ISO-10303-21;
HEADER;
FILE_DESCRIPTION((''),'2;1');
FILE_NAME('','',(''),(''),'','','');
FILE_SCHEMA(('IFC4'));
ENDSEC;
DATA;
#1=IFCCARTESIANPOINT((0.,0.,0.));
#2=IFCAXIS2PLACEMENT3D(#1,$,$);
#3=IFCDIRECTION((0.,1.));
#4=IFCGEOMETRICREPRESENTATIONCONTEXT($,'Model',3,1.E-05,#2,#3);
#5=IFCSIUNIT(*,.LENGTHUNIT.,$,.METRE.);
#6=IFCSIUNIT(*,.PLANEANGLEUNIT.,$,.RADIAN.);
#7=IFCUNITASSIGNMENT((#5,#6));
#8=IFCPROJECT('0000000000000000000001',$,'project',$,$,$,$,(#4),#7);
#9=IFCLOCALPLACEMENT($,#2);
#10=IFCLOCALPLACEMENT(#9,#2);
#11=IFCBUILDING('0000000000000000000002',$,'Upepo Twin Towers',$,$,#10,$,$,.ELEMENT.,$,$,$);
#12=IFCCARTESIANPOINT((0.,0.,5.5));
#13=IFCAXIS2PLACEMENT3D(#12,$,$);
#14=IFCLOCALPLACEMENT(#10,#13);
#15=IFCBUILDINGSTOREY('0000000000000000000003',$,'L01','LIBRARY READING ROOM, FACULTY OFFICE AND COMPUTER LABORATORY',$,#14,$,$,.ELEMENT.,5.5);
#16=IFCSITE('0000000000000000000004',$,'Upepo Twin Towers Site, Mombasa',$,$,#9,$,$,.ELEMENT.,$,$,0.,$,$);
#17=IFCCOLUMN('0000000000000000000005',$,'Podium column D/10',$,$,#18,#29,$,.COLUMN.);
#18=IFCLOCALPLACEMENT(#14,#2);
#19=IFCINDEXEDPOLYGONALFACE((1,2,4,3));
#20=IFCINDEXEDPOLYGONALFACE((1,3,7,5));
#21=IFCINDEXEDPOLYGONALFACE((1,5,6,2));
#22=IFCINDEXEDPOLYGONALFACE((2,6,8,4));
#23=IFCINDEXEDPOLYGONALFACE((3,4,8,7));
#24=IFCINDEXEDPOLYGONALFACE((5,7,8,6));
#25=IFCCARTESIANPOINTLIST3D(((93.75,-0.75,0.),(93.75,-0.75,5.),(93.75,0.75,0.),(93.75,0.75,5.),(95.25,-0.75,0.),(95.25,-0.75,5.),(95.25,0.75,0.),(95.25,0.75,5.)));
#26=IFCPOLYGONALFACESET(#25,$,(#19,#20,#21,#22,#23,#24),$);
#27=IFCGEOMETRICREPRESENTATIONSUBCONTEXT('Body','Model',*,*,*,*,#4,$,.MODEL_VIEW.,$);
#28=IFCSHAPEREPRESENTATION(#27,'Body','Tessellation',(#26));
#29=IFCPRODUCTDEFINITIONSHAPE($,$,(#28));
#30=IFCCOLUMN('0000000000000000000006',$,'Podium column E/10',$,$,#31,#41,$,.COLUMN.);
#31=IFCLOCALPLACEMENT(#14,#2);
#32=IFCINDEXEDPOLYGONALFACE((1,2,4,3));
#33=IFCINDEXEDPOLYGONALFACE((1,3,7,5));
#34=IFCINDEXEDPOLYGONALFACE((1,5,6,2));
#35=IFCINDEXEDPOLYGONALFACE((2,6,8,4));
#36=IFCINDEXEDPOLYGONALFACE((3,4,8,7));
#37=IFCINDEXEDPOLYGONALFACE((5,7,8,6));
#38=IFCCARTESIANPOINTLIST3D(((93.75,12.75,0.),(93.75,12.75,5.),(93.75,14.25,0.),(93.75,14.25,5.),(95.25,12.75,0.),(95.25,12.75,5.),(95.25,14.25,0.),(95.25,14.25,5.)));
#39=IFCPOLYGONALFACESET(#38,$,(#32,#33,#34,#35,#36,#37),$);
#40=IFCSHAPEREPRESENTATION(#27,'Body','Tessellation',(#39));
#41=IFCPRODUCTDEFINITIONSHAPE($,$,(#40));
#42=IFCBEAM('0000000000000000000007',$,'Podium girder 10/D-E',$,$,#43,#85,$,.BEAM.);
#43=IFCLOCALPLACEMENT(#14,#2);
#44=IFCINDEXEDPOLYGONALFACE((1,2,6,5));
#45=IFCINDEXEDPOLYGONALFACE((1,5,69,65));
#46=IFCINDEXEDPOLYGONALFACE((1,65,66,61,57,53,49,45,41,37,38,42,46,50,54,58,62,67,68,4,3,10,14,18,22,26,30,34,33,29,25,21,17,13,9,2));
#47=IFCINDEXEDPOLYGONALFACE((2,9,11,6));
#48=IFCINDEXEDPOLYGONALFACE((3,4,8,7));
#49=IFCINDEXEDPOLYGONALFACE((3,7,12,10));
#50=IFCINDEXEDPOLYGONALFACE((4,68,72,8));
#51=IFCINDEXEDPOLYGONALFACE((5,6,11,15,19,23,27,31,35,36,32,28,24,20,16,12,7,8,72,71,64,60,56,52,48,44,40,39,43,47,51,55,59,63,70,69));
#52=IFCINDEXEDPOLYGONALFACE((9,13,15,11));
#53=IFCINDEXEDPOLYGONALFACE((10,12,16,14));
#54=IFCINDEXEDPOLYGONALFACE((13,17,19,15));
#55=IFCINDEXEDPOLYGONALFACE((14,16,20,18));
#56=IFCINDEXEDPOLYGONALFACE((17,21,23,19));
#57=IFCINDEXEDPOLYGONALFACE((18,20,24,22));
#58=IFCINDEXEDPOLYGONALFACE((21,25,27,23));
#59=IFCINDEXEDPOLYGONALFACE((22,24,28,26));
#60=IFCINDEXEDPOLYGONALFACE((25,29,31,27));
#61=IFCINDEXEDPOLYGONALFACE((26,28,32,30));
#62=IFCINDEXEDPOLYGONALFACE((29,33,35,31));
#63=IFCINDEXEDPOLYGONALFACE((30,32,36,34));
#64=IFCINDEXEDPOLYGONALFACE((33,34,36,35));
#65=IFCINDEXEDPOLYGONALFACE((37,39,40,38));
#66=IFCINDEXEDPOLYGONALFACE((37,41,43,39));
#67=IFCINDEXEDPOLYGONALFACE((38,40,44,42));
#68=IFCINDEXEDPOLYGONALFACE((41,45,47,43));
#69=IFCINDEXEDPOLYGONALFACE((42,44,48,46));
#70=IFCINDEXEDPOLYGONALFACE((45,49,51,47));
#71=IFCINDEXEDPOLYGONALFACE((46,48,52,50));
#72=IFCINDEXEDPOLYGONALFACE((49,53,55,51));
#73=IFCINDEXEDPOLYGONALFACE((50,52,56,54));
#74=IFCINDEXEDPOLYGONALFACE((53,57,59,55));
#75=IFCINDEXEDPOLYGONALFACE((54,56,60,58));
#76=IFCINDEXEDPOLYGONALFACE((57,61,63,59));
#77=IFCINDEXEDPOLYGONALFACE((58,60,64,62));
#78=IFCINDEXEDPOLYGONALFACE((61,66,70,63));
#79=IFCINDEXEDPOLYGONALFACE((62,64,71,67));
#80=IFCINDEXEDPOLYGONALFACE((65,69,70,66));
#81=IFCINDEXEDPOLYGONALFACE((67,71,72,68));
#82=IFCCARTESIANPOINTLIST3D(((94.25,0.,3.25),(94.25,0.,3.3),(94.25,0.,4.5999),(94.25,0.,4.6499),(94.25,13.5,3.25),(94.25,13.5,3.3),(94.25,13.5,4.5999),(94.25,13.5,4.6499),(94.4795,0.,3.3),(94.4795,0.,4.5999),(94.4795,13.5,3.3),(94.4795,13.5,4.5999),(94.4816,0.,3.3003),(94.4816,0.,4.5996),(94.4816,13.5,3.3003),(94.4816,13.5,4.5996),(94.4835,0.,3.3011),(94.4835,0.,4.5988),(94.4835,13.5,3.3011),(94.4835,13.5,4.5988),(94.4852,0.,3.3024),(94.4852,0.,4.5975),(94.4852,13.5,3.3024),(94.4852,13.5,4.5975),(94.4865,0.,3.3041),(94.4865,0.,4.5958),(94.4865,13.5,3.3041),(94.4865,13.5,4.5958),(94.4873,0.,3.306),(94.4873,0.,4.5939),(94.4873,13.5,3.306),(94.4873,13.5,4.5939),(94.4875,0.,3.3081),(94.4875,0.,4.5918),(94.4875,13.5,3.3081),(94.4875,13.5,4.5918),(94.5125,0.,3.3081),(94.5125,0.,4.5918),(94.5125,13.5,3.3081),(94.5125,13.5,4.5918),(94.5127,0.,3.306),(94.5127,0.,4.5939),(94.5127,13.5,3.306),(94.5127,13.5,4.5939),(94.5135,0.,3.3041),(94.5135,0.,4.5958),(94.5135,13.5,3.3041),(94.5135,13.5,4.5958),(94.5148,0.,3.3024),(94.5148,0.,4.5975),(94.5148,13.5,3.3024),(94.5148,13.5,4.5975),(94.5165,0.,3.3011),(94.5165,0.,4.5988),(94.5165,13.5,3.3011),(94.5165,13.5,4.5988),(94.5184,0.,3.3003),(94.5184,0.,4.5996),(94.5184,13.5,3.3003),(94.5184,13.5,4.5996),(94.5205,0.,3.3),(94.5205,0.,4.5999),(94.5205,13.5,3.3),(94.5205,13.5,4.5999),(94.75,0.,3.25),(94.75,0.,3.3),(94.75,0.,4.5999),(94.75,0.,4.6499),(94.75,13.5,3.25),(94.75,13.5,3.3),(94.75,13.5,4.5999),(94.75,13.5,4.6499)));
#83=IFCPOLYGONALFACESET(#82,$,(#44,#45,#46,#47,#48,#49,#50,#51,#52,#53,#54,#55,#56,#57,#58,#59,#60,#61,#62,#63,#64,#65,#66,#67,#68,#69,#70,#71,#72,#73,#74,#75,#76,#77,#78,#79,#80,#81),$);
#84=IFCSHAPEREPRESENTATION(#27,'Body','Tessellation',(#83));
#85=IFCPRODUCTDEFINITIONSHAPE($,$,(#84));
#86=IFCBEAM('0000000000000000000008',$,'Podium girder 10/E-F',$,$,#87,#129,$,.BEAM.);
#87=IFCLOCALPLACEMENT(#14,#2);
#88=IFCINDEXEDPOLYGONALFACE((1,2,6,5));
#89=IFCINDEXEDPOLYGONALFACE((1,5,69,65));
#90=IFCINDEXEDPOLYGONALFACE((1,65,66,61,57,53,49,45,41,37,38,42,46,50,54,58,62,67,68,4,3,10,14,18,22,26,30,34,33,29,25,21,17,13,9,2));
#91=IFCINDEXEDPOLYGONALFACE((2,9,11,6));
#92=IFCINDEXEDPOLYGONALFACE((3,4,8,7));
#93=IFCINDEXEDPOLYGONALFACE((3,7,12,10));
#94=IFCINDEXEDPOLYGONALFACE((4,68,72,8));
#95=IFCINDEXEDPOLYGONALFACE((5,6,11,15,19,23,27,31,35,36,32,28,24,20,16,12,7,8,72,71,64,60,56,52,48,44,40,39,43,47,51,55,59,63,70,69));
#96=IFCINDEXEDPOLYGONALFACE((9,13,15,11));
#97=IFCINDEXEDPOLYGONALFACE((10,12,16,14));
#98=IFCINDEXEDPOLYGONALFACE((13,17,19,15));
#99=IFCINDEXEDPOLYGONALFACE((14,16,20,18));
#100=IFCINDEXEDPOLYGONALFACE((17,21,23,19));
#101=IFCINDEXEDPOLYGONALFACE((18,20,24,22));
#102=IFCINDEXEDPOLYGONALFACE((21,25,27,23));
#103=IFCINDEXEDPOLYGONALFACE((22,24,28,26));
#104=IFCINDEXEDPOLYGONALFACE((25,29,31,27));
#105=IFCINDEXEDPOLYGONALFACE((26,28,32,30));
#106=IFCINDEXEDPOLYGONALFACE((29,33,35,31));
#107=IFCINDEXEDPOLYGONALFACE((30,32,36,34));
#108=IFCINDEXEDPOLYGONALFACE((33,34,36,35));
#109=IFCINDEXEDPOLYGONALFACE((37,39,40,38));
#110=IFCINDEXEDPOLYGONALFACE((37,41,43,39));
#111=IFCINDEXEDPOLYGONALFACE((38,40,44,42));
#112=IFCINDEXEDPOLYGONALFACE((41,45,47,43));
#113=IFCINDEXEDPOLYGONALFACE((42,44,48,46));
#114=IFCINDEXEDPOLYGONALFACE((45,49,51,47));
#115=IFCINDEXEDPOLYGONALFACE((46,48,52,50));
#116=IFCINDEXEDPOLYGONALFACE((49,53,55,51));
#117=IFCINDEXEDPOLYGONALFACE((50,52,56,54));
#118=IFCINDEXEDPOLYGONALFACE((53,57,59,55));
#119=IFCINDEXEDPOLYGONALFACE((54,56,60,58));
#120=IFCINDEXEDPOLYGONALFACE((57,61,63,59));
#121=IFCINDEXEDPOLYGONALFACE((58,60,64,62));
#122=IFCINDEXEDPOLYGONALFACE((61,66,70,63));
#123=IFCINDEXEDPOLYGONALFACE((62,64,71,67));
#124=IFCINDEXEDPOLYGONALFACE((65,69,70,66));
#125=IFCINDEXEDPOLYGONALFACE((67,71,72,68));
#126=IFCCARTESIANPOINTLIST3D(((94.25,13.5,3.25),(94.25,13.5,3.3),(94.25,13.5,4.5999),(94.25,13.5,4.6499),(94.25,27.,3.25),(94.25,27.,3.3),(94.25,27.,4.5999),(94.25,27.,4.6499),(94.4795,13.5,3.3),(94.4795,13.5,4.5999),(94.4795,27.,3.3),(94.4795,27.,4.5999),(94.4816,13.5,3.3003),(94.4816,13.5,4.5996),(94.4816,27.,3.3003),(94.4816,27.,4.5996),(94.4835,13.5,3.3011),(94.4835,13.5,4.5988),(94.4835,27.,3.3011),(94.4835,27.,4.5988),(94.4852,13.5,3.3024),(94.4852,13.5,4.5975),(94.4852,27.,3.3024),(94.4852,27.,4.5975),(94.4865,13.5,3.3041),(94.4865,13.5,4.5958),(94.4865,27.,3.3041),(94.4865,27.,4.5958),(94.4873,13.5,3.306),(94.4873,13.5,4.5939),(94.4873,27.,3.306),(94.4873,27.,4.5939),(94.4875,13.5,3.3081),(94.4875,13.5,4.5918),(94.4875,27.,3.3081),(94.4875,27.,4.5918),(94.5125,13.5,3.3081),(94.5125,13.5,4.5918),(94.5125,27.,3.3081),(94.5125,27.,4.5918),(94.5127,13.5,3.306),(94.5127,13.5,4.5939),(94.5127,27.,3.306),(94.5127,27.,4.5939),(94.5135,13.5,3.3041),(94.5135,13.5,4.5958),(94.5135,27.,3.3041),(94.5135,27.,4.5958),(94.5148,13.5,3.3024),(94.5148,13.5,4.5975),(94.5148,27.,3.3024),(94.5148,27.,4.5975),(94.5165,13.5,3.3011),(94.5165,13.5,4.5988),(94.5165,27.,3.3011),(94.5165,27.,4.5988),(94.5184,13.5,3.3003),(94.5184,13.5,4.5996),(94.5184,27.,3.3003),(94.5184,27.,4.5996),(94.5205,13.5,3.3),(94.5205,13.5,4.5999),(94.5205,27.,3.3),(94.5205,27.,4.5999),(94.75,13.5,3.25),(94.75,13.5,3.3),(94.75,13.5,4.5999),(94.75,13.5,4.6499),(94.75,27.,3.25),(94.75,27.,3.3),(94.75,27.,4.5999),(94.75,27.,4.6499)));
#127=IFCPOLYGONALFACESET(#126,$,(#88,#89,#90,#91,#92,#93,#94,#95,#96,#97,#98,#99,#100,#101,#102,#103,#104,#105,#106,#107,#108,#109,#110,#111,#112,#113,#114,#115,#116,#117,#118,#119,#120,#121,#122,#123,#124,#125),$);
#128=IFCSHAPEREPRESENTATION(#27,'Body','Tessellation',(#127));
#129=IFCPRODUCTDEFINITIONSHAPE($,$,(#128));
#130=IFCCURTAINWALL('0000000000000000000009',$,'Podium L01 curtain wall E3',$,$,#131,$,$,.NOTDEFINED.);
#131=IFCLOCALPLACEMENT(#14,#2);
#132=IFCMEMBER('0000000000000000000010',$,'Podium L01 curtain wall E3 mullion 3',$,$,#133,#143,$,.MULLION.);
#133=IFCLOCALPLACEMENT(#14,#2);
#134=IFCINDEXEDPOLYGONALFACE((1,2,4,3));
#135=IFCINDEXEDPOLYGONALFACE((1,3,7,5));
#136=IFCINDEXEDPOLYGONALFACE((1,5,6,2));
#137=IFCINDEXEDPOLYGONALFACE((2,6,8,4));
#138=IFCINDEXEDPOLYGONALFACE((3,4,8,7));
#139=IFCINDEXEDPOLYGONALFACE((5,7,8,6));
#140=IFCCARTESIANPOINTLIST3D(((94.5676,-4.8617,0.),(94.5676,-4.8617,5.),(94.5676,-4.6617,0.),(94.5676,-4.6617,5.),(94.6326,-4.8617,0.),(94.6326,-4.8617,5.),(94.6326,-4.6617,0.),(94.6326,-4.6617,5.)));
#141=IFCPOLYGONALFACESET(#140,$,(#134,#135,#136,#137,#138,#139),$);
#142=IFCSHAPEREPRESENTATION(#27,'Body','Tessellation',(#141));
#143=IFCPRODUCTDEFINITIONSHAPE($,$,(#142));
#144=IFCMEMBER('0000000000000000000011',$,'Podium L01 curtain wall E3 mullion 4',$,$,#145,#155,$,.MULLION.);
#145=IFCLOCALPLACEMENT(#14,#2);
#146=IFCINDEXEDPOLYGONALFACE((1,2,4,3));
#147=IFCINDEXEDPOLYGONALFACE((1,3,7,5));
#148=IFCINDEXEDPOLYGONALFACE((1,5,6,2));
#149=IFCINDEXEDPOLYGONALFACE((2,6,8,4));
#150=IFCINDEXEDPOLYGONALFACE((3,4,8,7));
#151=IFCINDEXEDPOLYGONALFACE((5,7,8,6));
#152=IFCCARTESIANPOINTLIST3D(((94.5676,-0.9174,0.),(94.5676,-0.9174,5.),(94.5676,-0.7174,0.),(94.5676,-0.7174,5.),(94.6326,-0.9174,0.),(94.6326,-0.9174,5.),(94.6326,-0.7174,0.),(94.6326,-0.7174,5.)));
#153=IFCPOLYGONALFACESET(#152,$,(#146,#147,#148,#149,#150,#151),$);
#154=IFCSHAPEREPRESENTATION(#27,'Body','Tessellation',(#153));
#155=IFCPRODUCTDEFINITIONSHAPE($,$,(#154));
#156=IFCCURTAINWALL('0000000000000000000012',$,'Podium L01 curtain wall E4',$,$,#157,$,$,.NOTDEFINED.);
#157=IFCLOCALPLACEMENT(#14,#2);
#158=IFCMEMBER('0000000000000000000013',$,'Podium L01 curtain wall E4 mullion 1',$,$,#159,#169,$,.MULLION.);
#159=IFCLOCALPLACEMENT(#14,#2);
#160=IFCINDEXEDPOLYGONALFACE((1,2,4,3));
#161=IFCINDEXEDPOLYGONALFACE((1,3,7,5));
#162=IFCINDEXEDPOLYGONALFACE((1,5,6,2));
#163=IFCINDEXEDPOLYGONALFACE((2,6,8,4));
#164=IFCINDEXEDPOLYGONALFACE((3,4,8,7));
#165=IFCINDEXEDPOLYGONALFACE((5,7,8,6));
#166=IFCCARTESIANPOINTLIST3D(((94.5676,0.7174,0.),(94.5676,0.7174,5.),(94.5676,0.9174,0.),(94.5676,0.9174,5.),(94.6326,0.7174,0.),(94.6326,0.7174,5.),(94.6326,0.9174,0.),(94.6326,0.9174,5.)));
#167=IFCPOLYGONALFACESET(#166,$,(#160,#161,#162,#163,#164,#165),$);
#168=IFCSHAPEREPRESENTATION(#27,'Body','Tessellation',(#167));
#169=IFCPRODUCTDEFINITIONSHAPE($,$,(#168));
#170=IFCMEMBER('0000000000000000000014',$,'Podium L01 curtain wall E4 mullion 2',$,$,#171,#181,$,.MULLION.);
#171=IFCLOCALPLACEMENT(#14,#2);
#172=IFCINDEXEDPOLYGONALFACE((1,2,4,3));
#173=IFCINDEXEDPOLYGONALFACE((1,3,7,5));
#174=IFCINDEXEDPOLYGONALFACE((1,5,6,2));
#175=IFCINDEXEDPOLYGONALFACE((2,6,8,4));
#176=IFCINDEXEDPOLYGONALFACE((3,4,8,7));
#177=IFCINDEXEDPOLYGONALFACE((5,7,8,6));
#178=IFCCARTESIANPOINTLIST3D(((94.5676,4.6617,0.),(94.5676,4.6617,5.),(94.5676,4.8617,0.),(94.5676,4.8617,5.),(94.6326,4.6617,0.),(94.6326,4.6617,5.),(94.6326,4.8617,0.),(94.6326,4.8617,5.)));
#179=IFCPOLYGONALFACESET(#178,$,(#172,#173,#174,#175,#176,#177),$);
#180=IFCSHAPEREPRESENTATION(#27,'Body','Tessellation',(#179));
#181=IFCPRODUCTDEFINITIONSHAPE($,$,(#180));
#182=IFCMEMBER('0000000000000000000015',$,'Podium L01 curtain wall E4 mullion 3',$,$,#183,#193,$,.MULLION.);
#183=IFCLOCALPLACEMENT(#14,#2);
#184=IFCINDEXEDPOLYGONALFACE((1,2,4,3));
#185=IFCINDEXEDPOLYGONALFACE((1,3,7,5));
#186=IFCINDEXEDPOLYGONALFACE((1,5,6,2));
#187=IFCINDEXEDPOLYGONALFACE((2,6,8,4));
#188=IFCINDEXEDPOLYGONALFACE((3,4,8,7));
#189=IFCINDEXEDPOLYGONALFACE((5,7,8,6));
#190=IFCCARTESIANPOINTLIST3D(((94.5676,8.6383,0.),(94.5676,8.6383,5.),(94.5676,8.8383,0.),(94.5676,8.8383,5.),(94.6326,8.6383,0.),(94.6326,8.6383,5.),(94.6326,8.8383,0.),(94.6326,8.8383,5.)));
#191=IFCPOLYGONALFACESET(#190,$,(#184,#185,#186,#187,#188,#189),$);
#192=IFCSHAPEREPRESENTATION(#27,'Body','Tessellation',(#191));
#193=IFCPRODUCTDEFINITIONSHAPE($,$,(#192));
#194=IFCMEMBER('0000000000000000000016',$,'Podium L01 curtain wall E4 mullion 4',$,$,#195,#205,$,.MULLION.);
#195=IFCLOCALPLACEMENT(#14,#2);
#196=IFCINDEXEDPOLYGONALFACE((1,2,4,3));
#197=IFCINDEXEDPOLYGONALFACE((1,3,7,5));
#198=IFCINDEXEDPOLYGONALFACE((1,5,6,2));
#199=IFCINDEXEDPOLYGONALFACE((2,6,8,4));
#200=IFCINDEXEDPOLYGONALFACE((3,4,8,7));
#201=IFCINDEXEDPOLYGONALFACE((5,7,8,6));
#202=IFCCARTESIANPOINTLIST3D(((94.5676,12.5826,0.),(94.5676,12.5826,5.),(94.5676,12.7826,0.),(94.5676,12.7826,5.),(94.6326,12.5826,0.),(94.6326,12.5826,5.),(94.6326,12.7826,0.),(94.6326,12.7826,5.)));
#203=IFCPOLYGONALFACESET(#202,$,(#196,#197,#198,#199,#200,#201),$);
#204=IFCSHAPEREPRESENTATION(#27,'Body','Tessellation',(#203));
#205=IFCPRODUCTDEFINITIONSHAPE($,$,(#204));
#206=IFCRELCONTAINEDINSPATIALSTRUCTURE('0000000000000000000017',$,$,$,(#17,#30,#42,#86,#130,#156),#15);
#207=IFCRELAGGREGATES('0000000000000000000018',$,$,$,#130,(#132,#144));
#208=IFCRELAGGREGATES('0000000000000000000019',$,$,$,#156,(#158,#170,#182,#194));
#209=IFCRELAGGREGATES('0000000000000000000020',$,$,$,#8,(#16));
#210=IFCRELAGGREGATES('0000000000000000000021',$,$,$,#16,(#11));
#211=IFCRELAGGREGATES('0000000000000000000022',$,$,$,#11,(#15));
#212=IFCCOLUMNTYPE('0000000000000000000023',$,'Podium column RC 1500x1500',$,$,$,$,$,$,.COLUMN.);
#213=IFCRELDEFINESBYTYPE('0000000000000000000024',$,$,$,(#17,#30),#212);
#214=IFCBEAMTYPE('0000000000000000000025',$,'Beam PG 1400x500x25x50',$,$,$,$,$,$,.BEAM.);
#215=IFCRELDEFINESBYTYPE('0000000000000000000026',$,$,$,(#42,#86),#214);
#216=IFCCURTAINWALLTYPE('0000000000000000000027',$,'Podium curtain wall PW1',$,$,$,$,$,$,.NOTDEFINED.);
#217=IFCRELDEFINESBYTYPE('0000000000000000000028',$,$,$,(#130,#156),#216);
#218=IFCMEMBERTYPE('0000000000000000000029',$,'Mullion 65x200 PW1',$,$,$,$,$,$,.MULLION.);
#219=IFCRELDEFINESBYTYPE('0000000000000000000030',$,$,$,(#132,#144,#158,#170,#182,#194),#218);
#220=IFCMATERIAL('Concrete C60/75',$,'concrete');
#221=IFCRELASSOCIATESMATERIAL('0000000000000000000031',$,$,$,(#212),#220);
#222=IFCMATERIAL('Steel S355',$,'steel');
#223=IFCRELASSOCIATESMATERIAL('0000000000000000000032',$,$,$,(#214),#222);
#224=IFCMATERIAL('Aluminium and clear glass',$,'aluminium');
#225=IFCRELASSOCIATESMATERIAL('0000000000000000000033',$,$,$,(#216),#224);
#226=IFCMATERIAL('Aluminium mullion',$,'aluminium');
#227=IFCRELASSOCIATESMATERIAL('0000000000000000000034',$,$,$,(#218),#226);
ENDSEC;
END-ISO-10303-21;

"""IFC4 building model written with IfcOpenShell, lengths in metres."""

from ifc_helpers import new_model, si_unit, direction, frame, origin, origin_2d, place, context, subcontext, project, spatial, rectangle, i_section, extrude, material, material_profile, profile_set, type_object, element, aggregate, save


model = new_model("IFC4")

# Units and contexts
model_context = context("Model", 3, precision=1e-05, world=origin(), true_north=direction((0.0, 1.0)))
body_context = subcontext(model_context, "Body", "Model", "MODEL_VIEW")
ifc_project = project(units=[si_unit("LENGTHUNIT", "METRE"), si_unit("PLANEANGLEUNIT", "RADIAN")], contexts=[model_context])

# Site, building, storey
site_placement = place(None, origin())
site = spatial("IfcSite", under=ifc_project, at=site_placement, Name="Upepo Twin Towers Site, Mombasa", CompositionType="ELEMENT", RefElevation=0.0)
building_placement = place(site_placement, origin())
building = spatial("IfcBuilding", under=site, at=building_placement, Name="Upepo Twin Towers", CompositionType="ELEMENT")
storey_placement = place(building_placement, frame((0.0, 0.0, 5.5)))
storey = spatial("IfcBuildingStorey", under=building, at=storey_placement, Name="L01", Description="LIBRARY READING ROOM, FACULTY OFFICE AND COMPUTER LABORATORY", CompositionType="ELEMENT", Elevation=5.5)

# Columns
ifc_material_1 = material(Name="Concrete C60/75", Category="concrete")
ifc_material_profile_1 = material_profile(ifc_material_1, rectangle(XDim=1.5, YDim=1.5, at=origin_2d()), Name="RC 1500x1500")
ifc_profile_set_1 = profile_set([ifc_material_profile_1], Name="Concrete C60/75")
column_type = type_object("IfcColumnType", Name="Podium column RC 1500x1500", PredefinedType="COLUMN", material=ifc_profile_set_1)
for number, where, z_axis, x_axis, name in (
    (1, (94.5, 0.0, 0.0), (0.0, 0.0, 1.0), (1.0, 0.0, 0.0), "Podium column D/10"),
    (2, (94.5, 13.5, 0.0), (0.0, 0.0, 1.0), (1.0, 0.0, 0.0), "Podium column E/10"),
):
    element("IfcColumn", number, at=place(storey_placement, frame(where, z_axis=z_axis, x_axis=x_axis)), inside=storey, type_object=column_type, Name=name, PredefinedType="COLUMN", context=body_context, shape_type="SweptSolid", body=[
        extrude(rectangle(XDim=1.5, YDim=1.5, at=origin_2d()), origin(), (0.0, 0.0, 1.0), 5.0),
    ])

# Beams
ifc_material_2 = material(Name="Steel S355", Category="steel")
ifc_material_profile_2 = material_profile(ifc_material_2, i_section(OverallWidth=0.5, OverallDepth=1.3999, WebThickness=0.0249, FlangeThickness=0.05, FilletRadius=0.0081, at=origin_2d()), Name="PG 1400x500x25x50")
ifc_profile_set_2 = profile_set([ifc_material_profile_2], Name="Steel S355")
beam_type_1 = type_object("IfcBeamType", Name="Beam PG 1400x500x25x50", PredefinedType="BEAM", material=ifc_profile_set_2)
for number, where, z_axis, x_axis, name in (
    (3, (94.5, 0.0, 3.95), (0.0, 1.0, 0.0), (-1.0, 0.0, 0.0), "Podium girder 10/D-E"),
    (4, (94.5, 13.5, 3.95), (0.0, 1.0, 0.0), (-1.0, 0.0, 0.0), "Podium girder 10/E-F"),
):
    element("IfcBeam", number, at=place(storey_placement, frame(where, z_axis=z_axis, x_axis=x_axis)), inside=storey, type_object=beam_type_1, Name=name, PredefinedType="BEAM", context=body_context, shape_type="SweptSolid", body=[
        extrude(i_section(OverallWidth=0.5, OverallDepth=1.3999, WebThickness=0.0249, FlangeThickness=0.05, FilletRadius=0.0081, at=origin_2d()), origin(), (0.0, 0.0, 1.0), 13.5),
    ])

# Curtain walls, members
ifc_material_3 = material(Name="Aluminium and clear glass", Category="aluminium")
curtain_wall_type = type_object("IfcCurtainWallType", Name="Podium curtain wall PW1", PredefinedType="NOTDEFINED", material=ifc_material_3)
curtain_wall_1_placement = place(storey_placement, origin())
curtain_wall_1 = element("IfcCurtainWall", 5, at=curtain_wall_1_placement, inside=storey, type_object=curtain_wall_type, Name="Podium L01 curtain wall E3", PredefinedType="NOTDEFINED")
ifc_material_4 = material(Name="Aluminium mullion", Category="aluminium")
ifc_material_profile_3 = material_profile(ifc_material_4, rectangle(XDim=0.0649, YDim=0.2, at=origin_2d()), Name="MULLION 65x200 PODIUM")
ifc_profile_set_3 = profile_set([ifc_material_profile_3], Name="Aluminium mullion")
member_type_1 = type_object("IfcMemberType", Name="Mullion 65x200 PW1", PredefinedType="MULLION", material=ifc_profile_set_3)
member_1_placement = place(storey_placement, frame((94.6001, -4.7617, 0.0), z_axis=(0.0, 0.0, 1.0), x_axis=(-1.0, 0.0, 0.0)))
member_1 = element("IfcMember", 6, at=member_1_placement, type_object=member_type_1, Name="Podium L01 curtain wall E3 mullion 3", PredefinedType="MULLION", context=body_context, shape_type="SweptSolid", body=[
    extrude(rectangle(XDim=0.0649, YDim=0.2, at=origin_2d()), origin(), (0.0, 0.0, 1.0), 5.0),
])
member_2_placement = place(storey_placement, frame((94.6001, -0.8174, 0.0), z_axis=(0.0, 0.0, 1.0), x_axis=(-1.0, 0.0, 0.0)))
member_2 = element("IfcMember", 7, at=member_2_placement, type_object=member_type_1, Name="Podium L01 curtain wall E3 mullion 4", PredefinedType="MULLION", context=body_context, shape_type="SweptSolid", body=[
    extrude(rectangle(XDim=0.0649, YDim=0.2, at=origin_2d()), origin(), (0.0, 0.0, 1.0), 5.0),
])
curtain_wall_2_placement = place(storey_placement, origin())
curtain_wall_2 = element("IfcCurtainWall", 8, at=curtain_wall_2_placement, inside=storey, type_object=curtain_wall_type, Name="Podium L01 curtain wall E4", PredefinedType="NOTDEFINED")
member_3_placement = place(storey_placement, frame((94.6001, 0.8174, 0.0), z_axis=(0.0, 0.0, 1.0), x_axis=(-1.0, 0.0, 0.0)))
member_3 = element("IfcMember", 9, at=member_3_placement, type_object=member_type_1, Name="Podium L01 curtain wall E4 mullion 1", PredefinedType="MULLION", context=body_context, shape_type="SweptSolid", body=[
    extrude(rectangle(XDim=0.0649, YDim=0.2, at=origin_2d()), origin(), (0.0, 0.0, 1.0), 5.0),
])
member_4_placement = place(storey_placement, frame((94.6001, 4.7617, 0.0), z_axis=(0.0, 0.0, 1.0), x_axis=(-1.0, 0.0, 0.0)))
member_4 = element("IfcMember", 10, at=member_4_placement, type_object=member_type_1, Name="Podium L01 curtain wall E4 mullion 2", PredefinedType="MULLION", context=body_context, shape_type="SweptSolid", body=[
    extrude(rectangle(XDim=0.0649, YDim=0.2, at=origin_2d()), origin(), (0.0, 0.0, 1.0), 5.0),
])
member_5_placement = place(storey_placement, frame((94.6001, 8.7383, 0.0), z_axis=(0.0, 0.0, 1.0), x_axis=(-1.0, 0.0, 0.0)))
member_5 = element("IfcMember", 11, at=member_5_placement, type_object=member_type_1, Name="Podium L01 curtain wall E4 mullion 3", PredefinedType="MULLION", context=body_context, shape_type="SweptSolid", body=[
    extrude(rectangle(XDim=0.0649, YDim=0.2, at=origin_2d()), origin(), (0.0, 0.0, 1.0), 5.0),
])
member_6_placement = place(storey_placement, frame((94.6001, 12.6826, 0.0), z_axis=(0.0, 0.0, 1.0), x_axis=(-1.0, 0.0, 0.0)))
member_6 = element("IfcMember", 12, at=member_6_placement, type_object=member_type_1, Name="Podium L01 curtain wall E4 mullion 4", PredefinedType="MULLION", context=body_context, shape_type="SweptSolid", body=[
    extrude(rectangle(XDim=0.0649, YDim=0.2, at=origin_2d()), origin(), (0.0, 0.0, 1.0), 5.0),
])

aggregate(curtain_wall_1, [member_1, member_2])
aggregate(curtain_wall_2, [member_3, member_4, member_5, member_6])

save(model, "model.ifc")
